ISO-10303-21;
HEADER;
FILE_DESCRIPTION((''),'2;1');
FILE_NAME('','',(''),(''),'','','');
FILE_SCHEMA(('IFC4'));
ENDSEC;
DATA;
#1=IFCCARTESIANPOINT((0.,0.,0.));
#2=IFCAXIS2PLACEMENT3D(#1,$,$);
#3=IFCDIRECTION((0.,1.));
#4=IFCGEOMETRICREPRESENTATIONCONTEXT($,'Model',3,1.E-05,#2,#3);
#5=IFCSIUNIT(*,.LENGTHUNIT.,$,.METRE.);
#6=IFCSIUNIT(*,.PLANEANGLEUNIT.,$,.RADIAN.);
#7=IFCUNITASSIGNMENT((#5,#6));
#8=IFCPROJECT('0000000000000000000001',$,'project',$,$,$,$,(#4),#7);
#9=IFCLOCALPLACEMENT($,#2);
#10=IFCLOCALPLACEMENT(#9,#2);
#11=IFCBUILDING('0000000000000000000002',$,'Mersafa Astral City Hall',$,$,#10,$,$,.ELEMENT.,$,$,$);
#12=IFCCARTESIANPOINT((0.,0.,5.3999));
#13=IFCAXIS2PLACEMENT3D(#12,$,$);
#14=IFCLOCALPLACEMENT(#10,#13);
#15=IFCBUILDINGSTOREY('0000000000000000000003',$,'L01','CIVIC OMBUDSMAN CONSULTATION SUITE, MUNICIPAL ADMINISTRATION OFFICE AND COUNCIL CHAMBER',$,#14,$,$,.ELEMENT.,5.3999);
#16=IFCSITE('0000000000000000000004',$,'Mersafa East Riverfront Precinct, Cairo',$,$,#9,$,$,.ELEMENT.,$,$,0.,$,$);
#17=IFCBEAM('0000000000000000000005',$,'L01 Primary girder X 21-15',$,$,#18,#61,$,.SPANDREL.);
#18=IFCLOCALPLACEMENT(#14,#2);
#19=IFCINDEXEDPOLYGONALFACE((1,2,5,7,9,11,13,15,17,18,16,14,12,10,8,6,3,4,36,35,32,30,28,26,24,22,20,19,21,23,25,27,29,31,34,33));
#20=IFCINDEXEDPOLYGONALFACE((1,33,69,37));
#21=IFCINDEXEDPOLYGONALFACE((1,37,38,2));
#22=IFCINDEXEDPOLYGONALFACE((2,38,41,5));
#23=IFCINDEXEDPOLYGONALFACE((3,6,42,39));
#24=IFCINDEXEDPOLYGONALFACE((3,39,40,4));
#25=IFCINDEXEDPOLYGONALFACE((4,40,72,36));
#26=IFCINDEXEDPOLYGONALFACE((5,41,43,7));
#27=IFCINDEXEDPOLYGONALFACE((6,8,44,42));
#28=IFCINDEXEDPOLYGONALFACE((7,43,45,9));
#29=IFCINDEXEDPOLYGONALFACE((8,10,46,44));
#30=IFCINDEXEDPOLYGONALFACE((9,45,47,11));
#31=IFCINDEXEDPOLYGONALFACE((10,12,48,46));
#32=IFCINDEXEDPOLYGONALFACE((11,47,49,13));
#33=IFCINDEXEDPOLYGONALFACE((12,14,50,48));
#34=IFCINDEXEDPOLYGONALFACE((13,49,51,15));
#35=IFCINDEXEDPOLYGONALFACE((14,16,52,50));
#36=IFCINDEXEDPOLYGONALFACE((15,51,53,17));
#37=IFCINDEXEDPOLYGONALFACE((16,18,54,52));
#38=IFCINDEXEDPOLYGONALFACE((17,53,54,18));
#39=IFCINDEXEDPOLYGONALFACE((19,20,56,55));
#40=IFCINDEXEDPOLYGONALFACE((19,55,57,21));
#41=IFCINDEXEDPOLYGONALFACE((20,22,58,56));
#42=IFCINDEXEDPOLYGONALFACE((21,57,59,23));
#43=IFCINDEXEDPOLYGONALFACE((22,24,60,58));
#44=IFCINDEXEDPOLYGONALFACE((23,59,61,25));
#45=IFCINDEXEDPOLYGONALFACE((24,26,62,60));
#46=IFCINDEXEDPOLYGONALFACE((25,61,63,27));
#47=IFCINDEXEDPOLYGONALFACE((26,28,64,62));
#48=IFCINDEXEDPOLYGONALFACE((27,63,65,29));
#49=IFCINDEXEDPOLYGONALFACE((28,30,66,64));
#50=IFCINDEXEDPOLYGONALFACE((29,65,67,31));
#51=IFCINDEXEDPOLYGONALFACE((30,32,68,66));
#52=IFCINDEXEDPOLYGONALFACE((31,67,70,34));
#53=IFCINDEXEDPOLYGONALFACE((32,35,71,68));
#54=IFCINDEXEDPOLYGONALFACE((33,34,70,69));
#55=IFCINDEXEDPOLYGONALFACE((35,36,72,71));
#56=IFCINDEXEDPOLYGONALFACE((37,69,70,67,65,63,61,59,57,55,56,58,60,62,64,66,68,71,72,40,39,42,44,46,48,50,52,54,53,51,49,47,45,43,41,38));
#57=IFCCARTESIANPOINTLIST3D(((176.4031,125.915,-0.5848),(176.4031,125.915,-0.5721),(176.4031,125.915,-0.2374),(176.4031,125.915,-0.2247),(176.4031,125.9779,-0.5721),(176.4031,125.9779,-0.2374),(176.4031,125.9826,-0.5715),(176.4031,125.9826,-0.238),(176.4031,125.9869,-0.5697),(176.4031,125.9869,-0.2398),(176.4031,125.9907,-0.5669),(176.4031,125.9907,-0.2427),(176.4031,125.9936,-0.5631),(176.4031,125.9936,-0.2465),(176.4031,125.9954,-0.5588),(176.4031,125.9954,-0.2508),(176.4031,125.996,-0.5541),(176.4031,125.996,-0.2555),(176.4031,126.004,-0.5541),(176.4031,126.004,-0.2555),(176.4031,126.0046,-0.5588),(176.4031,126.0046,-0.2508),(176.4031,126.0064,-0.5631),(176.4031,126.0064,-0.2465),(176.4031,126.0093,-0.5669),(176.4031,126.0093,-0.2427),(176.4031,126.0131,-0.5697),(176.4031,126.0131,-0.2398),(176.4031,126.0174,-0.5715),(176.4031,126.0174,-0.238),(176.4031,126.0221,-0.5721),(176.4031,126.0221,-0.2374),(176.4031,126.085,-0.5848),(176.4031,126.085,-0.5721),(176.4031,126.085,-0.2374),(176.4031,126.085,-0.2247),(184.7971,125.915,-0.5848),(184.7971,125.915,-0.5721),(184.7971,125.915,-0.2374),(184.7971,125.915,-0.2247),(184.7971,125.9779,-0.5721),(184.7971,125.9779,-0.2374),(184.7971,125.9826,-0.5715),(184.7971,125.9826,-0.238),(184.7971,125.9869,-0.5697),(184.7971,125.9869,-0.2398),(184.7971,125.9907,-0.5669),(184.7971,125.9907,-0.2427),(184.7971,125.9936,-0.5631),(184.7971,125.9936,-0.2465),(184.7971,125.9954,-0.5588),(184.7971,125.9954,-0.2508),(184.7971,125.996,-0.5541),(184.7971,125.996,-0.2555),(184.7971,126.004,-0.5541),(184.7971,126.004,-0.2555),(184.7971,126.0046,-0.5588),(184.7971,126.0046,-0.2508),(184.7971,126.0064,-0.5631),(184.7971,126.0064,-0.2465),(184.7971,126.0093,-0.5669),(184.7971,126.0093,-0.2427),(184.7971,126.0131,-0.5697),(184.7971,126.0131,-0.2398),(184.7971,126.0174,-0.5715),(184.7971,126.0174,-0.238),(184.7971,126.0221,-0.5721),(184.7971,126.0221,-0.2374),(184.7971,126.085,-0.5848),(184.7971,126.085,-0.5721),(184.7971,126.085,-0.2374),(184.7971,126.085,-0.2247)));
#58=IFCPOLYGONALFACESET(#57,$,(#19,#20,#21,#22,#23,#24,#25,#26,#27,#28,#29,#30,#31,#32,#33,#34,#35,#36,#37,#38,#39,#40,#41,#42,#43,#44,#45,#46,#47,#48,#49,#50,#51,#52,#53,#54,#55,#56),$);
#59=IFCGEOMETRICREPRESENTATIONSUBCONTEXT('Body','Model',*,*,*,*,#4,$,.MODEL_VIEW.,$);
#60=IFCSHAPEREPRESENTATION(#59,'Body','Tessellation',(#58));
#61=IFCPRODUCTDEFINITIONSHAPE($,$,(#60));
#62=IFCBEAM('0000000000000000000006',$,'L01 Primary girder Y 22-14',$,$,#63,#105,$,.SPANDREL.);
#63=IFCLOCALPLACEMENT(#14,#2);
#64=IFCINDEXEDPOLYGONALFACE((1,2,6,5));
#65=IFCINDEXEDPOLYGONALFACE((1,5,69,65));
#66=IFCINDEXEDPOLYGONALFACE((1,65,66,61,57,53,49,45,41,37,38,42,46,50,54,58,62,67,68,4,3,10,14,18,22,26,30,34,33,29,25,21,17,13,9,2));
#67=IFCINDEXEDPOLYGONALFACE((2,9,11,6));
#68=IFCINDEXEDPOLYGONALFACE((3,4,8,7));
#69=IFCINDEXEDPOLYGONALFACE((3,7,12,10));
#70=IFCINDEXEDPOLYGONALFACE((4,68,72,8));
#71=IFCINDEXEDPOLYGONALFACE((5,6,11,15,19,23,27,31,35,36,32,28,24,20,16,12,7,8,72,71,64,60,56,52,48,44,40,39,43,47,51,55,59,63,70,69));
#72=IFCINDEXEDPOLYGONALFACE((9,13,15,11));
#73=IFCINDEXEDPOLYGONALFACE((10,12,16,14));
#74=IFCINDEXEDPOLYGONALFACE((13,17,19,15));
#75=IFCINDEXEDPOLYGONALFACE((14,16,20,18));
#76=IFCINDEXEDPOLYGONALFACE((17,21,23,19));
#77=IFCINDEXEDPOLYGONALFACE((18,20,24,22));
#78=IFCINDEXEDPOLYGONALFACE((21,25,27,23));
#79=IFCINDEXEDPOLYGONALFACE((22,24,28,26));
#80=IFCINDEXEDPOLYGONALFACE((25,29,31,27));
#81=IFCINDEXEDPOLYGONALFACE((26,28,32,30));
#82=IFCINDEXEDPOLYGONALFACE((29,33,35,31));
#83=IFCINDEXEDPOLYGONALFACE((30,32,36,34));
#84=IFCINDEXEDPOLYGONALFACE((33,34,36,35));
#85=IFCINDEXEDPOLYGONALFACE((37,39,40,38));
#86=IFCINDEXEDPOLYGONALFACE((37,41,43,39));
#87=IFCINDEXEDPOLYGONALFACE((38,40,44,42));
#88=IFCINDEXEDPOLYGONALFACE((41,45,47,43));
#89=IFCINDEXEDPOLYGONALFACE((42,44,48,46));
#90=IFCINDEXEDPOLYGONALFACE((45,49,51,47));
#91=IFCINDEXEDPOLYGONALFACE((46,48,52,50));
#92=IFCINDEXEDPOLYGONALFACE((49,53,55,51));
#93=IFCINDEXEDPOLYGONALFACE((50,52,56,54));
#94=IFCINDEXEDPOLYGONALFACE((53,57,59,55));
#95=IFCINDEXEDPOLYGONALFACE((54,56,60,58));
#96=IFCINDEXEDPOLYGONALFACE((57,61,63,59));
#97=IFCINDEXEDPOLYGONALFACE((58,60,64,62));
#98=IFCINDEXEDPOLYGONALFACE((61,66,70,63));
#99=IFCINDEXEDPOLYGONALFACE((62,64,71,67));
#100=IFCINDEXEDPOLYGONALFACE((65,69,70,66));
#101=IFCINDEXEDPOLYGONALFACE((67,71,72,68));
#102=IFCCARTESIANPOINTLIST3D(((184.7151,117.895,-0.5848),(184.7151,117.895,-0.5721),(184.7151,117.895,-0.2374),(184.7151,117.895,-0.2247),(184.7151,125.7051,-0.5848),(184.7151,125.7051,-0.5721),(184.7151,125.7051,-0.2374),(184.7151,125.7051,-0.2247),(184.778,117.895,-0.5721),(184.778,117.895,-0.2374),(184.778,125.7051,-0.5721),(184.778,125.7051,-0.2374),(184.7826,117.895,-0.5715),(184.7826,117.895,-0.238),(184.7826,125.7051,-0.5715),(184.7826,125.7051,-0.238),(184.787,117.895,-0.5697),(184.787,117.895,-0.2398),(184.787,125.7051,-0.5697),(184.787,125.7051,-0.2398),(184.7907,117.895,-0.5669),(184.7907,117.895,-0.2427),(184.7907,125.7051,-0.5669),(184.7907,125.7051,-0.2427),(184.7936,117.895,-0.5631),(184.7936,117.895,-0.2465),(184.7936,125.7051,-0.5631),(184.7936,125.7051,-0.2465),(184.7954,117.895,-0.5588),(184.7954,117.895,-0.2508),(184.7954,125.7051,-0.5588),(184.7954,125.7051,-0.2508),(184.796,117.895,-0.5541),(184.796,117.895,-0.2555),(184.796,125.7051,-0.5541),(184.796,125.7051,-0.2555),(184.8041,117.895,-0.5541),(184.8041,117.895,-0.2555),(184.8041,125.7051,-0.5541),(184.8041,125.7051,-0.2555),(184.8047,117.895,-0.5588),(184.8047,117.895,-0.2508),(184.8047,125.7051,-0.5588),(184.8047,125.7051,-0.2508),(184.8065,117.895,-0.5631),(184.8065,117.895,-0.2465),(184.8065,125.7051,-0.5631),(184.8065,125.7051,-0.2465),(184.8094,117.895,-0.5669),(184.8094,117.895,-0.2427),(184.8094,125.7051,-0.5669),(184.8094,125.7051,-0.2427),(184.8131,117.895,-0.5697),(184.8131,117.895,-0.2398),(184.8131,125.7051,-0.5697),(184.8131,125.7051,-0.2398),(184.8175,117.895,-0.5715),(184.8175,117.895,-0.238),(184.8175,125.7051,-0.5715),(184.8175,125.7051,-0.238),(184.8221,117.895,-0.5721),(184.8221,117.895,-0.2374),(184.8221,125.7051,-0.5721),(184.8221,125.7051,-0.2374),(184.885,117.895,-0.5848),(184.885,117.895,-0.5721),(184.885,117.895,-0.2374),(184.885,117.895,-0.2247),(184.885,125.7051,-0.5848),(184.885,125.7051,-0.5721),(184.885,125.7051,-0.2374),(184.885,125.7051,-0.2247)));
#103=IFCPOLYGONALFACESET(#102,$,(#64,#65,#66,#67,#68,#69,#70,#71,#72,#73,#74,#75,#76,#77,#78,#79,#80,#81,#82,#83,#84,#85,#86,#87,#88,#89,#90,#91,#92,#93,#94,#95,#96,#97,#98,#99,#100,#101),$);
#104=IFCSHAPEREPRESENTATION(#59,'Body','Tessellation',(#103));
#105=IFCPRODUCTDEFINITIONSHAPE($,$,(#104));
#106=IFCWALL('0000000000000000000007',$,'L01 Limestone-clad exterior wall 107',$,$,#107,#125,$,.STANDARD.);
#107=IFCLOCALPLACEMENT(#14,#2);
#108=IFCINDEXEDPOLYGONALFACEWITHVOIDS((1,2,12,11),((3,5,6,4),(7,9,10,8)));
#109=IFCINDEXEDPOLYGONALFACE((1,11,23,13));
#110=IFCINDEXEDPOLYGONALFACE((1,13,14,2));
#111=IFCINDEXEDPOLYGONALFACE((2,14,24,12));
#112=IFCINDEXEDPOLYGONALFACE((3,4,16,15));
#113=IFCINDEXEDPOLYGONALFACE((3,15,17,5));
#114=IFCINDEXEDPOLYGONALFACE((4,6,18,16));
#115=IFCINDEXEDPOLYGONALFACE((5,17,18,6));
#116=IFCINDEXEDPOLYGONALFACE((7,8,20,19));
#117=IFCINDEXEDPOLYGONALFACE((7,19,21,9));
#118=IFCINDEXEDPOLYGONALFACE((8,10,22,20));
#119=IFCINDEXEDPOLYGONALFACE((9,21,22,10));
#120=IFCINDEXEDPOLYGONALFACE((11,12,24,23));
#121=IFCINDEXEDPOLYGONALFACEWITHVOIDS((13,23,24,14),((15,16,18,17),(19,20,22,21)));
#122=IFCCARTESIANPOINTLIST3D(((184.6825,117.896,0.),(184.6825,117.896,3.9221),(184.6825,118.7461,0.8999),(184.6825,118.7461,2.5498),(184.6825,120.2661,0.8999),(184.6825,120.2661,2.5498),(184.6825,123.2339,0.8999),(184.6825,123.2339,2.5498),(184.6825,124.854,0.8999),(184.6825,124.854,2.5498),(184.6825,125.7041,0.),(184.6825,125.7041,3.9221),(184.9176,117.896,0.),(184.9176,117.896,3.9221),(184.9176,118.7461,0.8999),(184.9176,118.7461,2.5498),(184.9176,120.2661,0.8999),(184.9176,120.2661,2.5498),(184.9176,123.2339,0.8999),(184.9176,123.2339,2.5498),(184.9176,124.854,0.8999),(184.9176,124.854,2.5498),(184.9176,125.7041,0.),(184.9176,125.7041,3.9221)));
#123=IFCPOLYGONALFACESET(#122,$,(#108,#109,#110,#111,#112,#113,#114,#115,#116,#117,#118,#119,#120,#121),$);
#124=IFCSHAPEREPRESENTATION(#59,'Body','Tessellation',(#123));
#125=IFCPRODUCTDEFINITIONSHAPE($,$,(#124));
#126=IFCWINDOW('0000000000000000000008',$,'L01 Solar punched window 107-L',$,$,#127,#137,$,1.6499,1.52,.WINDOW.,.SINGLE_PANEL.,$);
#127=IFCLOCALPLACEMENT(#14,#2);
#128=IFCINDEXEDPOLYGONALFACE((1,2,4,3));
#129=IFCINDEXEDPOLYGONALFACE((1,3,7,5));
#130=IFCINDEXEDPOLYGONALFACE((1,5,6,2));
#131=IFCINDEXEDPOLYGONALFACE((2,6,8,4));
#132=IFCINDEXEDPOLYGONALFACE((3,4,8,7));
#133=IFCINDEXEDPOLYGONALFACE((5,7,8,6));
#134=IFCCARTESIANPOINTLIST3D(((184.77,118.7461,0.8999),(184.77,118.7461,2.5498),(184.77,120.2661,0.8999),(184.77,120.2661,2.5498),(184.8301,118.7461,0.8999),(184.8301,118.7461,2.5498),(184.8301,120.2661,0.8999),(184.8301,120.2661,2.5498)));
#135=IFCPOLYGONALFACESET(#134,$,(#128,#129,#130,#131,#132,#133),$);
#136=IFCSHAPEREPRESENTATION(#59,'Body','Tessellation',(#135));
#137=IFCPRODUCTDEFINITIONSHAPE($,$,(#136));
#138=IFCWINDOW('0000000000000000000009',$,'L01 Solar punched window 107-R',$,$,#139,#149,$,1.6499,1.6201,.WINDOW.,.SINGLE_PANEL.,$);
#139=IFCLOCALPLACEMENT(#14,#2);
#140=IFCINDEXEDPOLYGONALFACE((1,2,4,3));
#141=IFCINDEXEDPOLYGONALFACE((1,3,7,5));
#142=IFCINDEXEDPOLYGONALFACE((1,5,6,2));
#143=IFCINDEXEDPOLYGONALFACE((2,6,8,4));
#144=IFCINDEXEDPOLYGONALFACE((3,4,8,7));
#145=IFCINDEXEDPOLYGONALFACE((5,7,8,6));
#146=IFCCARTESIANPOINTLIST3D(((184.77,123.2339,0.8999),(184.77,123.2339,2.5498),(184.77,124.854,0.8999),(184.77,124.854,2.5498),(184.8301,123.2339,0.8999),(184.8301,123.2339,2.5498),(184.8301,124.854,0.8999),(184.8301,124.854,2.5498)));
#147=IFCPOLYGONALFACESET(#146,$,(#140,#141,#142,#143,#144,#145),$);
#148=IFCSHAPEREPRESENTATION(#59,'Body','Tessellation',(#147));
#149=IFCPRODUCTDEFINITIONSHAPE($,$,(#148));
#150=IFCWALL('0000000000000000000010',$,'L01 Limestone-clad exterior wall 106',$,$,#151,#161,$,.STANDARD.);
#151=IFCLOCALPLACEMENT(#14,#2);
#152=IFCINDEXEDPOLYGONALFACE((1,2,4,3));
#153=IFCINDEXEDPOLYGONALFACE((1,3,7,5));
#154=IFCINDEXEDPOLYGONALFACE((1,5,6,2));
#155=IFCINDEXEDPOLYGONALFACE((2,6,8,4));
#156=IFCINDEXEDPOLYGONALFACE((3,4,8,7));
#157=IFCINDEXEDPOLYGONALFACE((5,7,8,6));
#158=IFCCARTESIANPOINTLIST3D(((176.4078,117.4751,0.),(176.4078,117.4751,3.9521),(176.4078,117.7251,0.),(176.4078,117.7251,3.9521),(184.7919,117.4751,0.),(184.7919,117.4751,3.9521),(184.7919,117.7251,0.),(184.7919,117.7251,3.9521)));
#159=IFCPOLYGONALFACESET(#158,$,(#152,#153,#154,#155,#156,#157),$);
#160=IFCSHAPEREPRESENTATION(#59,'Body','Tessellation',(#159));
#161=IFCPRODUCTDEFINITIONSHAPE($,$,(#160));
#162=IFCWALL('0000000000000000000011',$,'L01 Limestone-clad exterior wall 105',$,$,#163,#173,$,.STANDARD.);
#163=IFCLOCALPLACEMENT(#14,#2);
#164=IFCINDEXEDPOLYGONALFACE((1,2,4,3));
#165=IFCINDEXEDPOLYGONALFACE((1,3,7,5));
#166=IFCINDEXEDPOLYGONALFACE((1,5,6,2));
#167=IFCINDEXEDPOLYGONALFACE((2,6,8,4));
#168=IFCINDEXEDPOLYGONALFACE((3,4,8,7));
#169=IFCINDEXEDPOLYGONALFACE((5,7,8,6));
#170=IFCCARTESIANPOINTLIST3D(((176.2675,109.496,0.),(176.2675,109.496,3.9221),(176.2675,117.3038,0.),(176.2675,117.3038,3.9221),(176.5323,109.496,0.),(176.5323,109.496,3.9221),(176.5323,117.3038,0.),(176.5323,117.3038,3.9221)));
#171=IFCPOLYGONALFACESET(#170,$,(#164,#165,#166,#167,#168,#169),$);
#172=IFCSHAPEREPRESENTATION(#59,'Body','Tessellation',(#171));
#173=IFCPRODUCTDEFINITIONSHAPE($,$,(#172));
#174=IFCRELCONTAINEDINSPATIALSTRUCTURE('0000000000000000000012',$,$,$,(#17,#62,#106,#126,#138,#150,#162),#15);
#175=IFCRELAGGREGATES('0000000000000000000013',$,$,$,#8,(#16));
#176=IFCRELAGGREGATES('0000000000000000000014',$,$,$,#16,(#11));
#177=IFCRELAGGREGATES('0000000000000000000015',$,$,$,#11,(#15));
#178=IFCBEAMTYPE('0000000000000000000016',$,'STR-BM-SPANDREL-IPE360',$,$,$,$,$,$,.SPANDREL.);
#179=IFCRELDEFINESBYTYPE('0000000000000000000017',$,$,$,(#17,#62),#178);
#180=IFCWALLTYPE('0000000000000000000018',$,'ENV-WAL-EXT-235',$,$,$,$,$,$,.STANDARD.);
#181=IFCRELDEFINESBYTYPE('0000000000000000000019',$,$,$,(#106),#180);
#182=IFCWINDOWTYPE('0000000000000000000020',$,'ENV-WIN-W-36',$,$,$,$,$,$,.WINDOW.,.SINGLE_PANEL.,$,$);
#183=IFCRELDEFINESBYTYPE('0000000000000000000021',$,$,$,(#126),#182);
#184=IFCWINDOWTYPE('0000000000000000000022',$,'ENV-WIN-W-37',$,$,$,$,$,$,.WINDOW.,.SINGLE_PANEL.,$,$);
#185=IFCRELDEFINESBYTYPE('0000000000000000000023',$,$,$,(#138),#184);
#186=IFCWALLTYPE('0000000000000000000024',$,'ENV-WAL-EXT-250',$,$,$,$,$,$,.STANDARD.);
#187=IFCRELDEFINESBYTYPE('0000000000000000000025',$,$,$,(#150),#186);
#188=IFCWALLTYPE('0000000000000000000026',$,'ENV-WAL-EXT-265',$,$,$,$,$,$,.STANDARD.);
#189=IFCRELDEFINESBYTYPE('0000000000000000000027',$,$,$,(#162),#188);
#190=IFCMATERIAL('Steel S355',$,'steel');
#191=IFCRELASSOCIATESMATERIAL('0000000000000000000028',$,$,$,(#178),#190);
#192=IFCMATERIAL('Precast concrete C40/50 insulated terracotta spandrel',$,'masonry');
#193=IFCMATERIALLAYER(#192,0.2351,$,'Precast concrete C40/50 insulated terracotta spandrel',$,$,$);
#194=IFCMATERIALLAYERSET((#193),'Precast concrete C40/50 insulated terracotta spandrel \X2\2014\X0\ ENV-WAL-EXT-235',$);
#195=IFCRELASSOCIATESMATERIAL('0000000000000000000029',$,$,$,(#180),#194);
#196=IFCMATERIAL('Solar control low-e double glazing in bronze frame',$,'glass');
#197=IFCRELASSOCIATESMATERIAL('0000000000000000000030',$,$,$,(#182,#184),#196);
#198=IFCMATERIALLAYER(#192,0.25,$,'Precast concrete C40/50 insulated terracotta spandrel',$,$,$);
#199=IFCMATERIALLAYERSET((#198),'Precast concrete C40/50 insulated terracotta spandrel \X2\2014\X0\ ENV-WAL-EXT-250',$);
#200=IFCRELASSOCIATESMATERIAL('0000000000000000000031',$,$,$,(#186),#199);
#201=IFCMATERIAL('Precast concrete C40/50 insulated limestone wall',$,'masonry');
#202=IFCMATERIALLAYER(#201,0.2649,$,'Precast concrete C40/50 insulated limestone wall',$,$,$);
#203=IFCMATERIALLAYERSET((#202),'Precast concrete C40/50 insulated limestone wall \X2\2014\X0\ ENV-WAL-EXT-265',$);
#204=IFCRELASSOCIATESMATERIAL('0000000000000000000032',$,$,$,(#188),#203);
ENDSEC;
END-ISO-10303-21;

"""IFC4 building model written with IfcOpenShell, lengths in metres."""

from ifc_helpers import new_model, si_unit, direction, frame, frame_2d, origin, origin_2d, place, context, subcontext, project, spatial, rectangle, i_section, extrude, material, layer, layer_set, material_profile, profile_set, type_object, element, fill, save


model = new_model("IFC4")

# Units and contexts
model_context = context("Model", 3, precision=1e-05, world=origin(), true_north=direction((0.0, 1.0)))
body_context = subcontext(model_context, "Body", "Model", "MODEL_VIEW")
ifc_project = project(units=[si_unit("LENGTHUNIT", "METRE"), si_unit("PLANEANGLEUNIT", "RADIAN")], contexts=[model_context])

# Site, building, storey
site_placement = place(None, origin())
site = spatial("IfcSite", under=ifc_project, at=site_placement, Name="Mersafa East Riverfront Precinct, Cairo", CompositionType="ELEMENT", RefElevation=0.0)
building_placement = place(site_placement, origin())
building = spatial("IfcBuilding", under=site, at=building_placement, Name="Mersafa Astral City Hall", CompositionType="ELEMENT")
storey_placement = place(building_placement, frame((0.0, 0.0, 5.3999)))
storey = spatial("IfcBuildingStorey", under=building, at=storey_placement, Name="L01", Description="CIVIC OMBUDSMAN CONSULTATION SUITE, MUNICIPAL ADMINISTRATION OFFICE AND COUNCIL CHAMBER", CompositionType="ELEMENT", Elevation=5.3999)

# Shared definitions
ifc_material_1 = material(Name="Steel S355", Category="steel")

# Beams
ifc_material_profile_1 = material_profile(ifc_material_1, i_section(OverallWidth=0.1699, OverallDepth=0.3601, WebThickness=0.0081, FlangeThickness=0.0127, FilletRadius=0.0181, at=origin_2d()), Name="IPE 360")
ifc_profile_set_1 = profile_set([ifc_material_profile_1], Name="Steel S355")
beam_type_1 = type_object("IfcBeamType", Name="STR-BM-SPANDREL-IPE360", PredefinedType="SPANDREL", material=ifc_profile_set_1)
beam_1_placement = place(storey_placement, frame((176.4031, 126.0, -0.4048), z_axis=(1.0, 0.0, 0.0), x_axis=(0.0, 1.0, 0.0)))
element("IfcBeam", 1, at=beam_1_placement, inside=storey, type_object=beam_type_1, Name="L01 Primary girder X 21-15", PredefinedType="SPANDREL", context=body_context, shape_type="SweptSolid", body=[
    extrude(i_section(OverallWidth=0.1699, OverallDepth=0.3601, WebThickness=0.0081, FlangeThickness=0.0127, FilletRadius=0.0181, at=origin_2d()), origin(), (0.0, 0.0, 1.0), 8.394),
])
beam_2_placement = place(storey_placement, frame((184.8, 117.895, -0.4048), z_axis=(0.0, 1.0, 0.0), x_axis=(-1.0, 0.0, 0.0)))
element("IfcBeam", 2, at=beam_2_placement, inside=storey, type_object=beam_type_1, Name="L01 Primary girder Y 22-14", PredefinedType="SPANDREL", context=body_context, shape_type="SweptSolid", body=[
    extrude(i_section(OverallWidth=0.1699, OverallDepth=0.3601, WebThickness=0.0081, FlangeThickness=0.0127, FilletRadius=0.0181, at=origin_2d()), origin(), (0.0, 0.0, 1.0), 7.8101),
])

# Wall, openings, windows
ifc_material_2 = material(Name="Precast concrete C40/50 insulated terracotta spandrel", Category="masonry")
ifc_layer_1 = layer(ifc_material_2, 0.2351, Name="Precast concrete C40/50 insulated terracotta spandrel")
ifc_layer_set_1 = layer_set([ifc_layer_1], Name="Precast concrete C40/50 insulated terracotta spandrel — ENV-WAL-EXT-235")
wall_type_1 = type_object("IfcWallType", Name="ENV-WAL-EXT-235", PredefinedType="STANDARD", material=ifc_layer_set_1)
wall_1_placement = place(storey_placement, frame((184.8, 117.896, 0.0), z_axis=(0.0, 0.0, 1.0), x_axis=(0.0, 1.0, 0.0)))
wall_1 = element("IfcWall", 3, at=wall_1_placement, inside=storey, type_object=wall_type_1, Name="L01 Limestone-clad exterior wall 107", PredefinedType="STANDARD", context=body_context, shape_type="SweptSolid", body=[
    extrude(rectangle(XDim=7.8081, YDim=0.2351, at=frame_2d((3.9041, 0.0))), origin(), (0.0, 0.0, 1.0), 3.9221),
])
opening_1_placement = place(wall_1_placement, frame((0.8501, 0.0, 0.8999)))
opening_1 = element("IfcOpeningElement", 4, at=opening_1_placement, cuts=wall_1, PredefinedType="OPENING", context=body_context, shape_type="SweptSolid", body=[
    extrude(rectangle(XDim=1.52, YDim=1.6499, at=frame_2d((0.76, 0.825))), frame((0.0, 0.1274, 0.0), z_axis=(0.0, -1.0, 0.0), x_axis=(1.0, 0.0, 0.0)), (0.0, 0.0, 1.0), 0.2551),
])
opening_2_placement = place(wall_1_placement, frame((5.3379, 0.0, 0.8999)))
opening_2 = element("IfcOpeningElement", 5, at=opening_2_placement, cuts=wall_1, PredefinedType="OPENING", context=body_context, shape_type="SweptSolid", body=[
    extrude(rectangle(XDim=1.6201, YDim=1.6499, at=frame_2d((0.8101, 0.825))), frame((0.0, 0.1274, 0.0), z_axis=(0.0, -1.0, 0.0), x_axis=(1.0, 0.0, 0.0)), (0.0, 0.0, 1.0), 0.2551),
])
ifc_material_3 = material(Name="Solar control low-e double glazing in bronze frame", Category="glass")
window_type_1 = type_object("IfcWindowType", Name="ENV-WIN-W-36", PartitioningType="SINGLE_PANEL", PredefinedType="WINDOW", material=ifc_material_3)
window_1_placement = place(opening_1_placement, origin())
window_1 = element("IfcWindow", 6, at=window_1_placement, inside=storey, type_object=window_type_1, Name="L01 Solar punched window 107-L", OverallHeight=1.6499, OverallWidth=1.52, PartitioningType="SINGLE_PANEL", PredefinedType="WINDOW", context=body_context, shape_type="SweptSolid", body=[
    extrude(rectangle(XDim=1.52, YDim=1.6499, at=frame_2d((0.76, 0.825))), frame((0.0, 0.03, 0.0), z_axis=(0.0, -1.0, 0.0), x_axis=(1.0, 0.0, 0.0)), (0.0, 0.0, 1.0), 0.0601),
])
fill(opening_1, window_1)
window_type_2 = type_object("IfcWindowType", Name="ENV-WIN-W-37", PartitioningType="SINGLE_PANEL", PredefinedType="WINDOW", material=ifc_material_3)
window_2_placement = place(opening_2_placement, origin())
window_2 = element("IfcWindow", 7, at=window_2_placement, inside=storey, type_object=window_type_2, Name="L01 Solar punched window 107-R", OverallHeight=1.6499, OverallWidth=1.6201, PartitioningType="SINGLE_PANEL", PredefinedType="WINDOW", context=body_context, shape_type="SweptSolid", body=[
    extrude(rectangle(XDim=1.6201, YDim=1.6499, at=frame_2d((0.8101, 0.825))), frame((0.0, 0.03, 0.0), z_axis=(0.0, -1.0, 0.0), x_axis=(1.0, 0.0, 0.0)), (0.0, 0.0, 1.0), 0.0601),
])
fill(opening_2, window_2)

# Walls
ifc_layer_2 = layer(ifc_material_2, 0.25, Name="Precast concrete C40/50 insulated terracotta spandrel")
ifc_layer_set_2 = layer_set([ifc_layer_2], Name="Precast concrete C40/50 insulated terracotta spandrel — ENV-WAL-EXT-250")
wall_type_2 = type_object("IfcWallType", Name="ENV-WAL-EXT-250", PredefinedType="STANDARD", material=ifc_layer_set_2)
wall_2_placement = place(storey_placement, frame((176.408, 117.6001, 0.0), z_axis=(0.0, 0.0, 1.0), x_axis=(1.0, 0.0, 0.0)))
element("IfcWall", 8, at=wall_2_placement, inside=storey, type_object=wall_type_2, Name="L01 Limestone-clad exterior wall 106", PredefinedType="STANDARD", context=body_context, shape_type="SweptSolid", body=[
    extrude(rectangle(XDim=8.384, YDim=0.25, at=frame_2d((4.1919, 0.0))), origin(), (0.0, 0.0, 1.0), 3.9521),
])
ifc_material_4 = material(Name="Precast concrete C40/50 insulated limestone wall", Category="masonry")
ifc_layer_3 = layer(ifc_material_4, 0.2649, Name="Precast concrete C40/50 insulated limestone wall")
ifc_layer_set_3 = layer_set([ifc_layer_3], Name="Precast concrete C40/50 insulated limestone wall — ENV-WAL-EXT-265")
wall_type_3 = type_object("IfcWallType", Name="ENV-WAL-EXT-265", PredefinedType="STANDARD", material=ifc_layer_set_3)
wall_3_placement = place(storey_placement, frame((176.3999, 109.4961, 0.0), z_axis=(0.0, 0.0, 1.0), x_axis=(0.0, 1.0, 0.0)))
element("IfcWall", 9, at=wall_3_placement, inside=storey, type_object=wall_type_3, Name="L01 Limestone-clad exterior wall 105", PredefinedType="STANDARD", context=body_context, shape_type="SweptSolid", body=[
    extrude(rectangle(XDim=7.8079, YDim=0.2649, at=frame_2d((3.9038, 0.0))), origin(), (0.0, 0.0, 1.0), 3.9221),
])

save(model, "model.ifc")
